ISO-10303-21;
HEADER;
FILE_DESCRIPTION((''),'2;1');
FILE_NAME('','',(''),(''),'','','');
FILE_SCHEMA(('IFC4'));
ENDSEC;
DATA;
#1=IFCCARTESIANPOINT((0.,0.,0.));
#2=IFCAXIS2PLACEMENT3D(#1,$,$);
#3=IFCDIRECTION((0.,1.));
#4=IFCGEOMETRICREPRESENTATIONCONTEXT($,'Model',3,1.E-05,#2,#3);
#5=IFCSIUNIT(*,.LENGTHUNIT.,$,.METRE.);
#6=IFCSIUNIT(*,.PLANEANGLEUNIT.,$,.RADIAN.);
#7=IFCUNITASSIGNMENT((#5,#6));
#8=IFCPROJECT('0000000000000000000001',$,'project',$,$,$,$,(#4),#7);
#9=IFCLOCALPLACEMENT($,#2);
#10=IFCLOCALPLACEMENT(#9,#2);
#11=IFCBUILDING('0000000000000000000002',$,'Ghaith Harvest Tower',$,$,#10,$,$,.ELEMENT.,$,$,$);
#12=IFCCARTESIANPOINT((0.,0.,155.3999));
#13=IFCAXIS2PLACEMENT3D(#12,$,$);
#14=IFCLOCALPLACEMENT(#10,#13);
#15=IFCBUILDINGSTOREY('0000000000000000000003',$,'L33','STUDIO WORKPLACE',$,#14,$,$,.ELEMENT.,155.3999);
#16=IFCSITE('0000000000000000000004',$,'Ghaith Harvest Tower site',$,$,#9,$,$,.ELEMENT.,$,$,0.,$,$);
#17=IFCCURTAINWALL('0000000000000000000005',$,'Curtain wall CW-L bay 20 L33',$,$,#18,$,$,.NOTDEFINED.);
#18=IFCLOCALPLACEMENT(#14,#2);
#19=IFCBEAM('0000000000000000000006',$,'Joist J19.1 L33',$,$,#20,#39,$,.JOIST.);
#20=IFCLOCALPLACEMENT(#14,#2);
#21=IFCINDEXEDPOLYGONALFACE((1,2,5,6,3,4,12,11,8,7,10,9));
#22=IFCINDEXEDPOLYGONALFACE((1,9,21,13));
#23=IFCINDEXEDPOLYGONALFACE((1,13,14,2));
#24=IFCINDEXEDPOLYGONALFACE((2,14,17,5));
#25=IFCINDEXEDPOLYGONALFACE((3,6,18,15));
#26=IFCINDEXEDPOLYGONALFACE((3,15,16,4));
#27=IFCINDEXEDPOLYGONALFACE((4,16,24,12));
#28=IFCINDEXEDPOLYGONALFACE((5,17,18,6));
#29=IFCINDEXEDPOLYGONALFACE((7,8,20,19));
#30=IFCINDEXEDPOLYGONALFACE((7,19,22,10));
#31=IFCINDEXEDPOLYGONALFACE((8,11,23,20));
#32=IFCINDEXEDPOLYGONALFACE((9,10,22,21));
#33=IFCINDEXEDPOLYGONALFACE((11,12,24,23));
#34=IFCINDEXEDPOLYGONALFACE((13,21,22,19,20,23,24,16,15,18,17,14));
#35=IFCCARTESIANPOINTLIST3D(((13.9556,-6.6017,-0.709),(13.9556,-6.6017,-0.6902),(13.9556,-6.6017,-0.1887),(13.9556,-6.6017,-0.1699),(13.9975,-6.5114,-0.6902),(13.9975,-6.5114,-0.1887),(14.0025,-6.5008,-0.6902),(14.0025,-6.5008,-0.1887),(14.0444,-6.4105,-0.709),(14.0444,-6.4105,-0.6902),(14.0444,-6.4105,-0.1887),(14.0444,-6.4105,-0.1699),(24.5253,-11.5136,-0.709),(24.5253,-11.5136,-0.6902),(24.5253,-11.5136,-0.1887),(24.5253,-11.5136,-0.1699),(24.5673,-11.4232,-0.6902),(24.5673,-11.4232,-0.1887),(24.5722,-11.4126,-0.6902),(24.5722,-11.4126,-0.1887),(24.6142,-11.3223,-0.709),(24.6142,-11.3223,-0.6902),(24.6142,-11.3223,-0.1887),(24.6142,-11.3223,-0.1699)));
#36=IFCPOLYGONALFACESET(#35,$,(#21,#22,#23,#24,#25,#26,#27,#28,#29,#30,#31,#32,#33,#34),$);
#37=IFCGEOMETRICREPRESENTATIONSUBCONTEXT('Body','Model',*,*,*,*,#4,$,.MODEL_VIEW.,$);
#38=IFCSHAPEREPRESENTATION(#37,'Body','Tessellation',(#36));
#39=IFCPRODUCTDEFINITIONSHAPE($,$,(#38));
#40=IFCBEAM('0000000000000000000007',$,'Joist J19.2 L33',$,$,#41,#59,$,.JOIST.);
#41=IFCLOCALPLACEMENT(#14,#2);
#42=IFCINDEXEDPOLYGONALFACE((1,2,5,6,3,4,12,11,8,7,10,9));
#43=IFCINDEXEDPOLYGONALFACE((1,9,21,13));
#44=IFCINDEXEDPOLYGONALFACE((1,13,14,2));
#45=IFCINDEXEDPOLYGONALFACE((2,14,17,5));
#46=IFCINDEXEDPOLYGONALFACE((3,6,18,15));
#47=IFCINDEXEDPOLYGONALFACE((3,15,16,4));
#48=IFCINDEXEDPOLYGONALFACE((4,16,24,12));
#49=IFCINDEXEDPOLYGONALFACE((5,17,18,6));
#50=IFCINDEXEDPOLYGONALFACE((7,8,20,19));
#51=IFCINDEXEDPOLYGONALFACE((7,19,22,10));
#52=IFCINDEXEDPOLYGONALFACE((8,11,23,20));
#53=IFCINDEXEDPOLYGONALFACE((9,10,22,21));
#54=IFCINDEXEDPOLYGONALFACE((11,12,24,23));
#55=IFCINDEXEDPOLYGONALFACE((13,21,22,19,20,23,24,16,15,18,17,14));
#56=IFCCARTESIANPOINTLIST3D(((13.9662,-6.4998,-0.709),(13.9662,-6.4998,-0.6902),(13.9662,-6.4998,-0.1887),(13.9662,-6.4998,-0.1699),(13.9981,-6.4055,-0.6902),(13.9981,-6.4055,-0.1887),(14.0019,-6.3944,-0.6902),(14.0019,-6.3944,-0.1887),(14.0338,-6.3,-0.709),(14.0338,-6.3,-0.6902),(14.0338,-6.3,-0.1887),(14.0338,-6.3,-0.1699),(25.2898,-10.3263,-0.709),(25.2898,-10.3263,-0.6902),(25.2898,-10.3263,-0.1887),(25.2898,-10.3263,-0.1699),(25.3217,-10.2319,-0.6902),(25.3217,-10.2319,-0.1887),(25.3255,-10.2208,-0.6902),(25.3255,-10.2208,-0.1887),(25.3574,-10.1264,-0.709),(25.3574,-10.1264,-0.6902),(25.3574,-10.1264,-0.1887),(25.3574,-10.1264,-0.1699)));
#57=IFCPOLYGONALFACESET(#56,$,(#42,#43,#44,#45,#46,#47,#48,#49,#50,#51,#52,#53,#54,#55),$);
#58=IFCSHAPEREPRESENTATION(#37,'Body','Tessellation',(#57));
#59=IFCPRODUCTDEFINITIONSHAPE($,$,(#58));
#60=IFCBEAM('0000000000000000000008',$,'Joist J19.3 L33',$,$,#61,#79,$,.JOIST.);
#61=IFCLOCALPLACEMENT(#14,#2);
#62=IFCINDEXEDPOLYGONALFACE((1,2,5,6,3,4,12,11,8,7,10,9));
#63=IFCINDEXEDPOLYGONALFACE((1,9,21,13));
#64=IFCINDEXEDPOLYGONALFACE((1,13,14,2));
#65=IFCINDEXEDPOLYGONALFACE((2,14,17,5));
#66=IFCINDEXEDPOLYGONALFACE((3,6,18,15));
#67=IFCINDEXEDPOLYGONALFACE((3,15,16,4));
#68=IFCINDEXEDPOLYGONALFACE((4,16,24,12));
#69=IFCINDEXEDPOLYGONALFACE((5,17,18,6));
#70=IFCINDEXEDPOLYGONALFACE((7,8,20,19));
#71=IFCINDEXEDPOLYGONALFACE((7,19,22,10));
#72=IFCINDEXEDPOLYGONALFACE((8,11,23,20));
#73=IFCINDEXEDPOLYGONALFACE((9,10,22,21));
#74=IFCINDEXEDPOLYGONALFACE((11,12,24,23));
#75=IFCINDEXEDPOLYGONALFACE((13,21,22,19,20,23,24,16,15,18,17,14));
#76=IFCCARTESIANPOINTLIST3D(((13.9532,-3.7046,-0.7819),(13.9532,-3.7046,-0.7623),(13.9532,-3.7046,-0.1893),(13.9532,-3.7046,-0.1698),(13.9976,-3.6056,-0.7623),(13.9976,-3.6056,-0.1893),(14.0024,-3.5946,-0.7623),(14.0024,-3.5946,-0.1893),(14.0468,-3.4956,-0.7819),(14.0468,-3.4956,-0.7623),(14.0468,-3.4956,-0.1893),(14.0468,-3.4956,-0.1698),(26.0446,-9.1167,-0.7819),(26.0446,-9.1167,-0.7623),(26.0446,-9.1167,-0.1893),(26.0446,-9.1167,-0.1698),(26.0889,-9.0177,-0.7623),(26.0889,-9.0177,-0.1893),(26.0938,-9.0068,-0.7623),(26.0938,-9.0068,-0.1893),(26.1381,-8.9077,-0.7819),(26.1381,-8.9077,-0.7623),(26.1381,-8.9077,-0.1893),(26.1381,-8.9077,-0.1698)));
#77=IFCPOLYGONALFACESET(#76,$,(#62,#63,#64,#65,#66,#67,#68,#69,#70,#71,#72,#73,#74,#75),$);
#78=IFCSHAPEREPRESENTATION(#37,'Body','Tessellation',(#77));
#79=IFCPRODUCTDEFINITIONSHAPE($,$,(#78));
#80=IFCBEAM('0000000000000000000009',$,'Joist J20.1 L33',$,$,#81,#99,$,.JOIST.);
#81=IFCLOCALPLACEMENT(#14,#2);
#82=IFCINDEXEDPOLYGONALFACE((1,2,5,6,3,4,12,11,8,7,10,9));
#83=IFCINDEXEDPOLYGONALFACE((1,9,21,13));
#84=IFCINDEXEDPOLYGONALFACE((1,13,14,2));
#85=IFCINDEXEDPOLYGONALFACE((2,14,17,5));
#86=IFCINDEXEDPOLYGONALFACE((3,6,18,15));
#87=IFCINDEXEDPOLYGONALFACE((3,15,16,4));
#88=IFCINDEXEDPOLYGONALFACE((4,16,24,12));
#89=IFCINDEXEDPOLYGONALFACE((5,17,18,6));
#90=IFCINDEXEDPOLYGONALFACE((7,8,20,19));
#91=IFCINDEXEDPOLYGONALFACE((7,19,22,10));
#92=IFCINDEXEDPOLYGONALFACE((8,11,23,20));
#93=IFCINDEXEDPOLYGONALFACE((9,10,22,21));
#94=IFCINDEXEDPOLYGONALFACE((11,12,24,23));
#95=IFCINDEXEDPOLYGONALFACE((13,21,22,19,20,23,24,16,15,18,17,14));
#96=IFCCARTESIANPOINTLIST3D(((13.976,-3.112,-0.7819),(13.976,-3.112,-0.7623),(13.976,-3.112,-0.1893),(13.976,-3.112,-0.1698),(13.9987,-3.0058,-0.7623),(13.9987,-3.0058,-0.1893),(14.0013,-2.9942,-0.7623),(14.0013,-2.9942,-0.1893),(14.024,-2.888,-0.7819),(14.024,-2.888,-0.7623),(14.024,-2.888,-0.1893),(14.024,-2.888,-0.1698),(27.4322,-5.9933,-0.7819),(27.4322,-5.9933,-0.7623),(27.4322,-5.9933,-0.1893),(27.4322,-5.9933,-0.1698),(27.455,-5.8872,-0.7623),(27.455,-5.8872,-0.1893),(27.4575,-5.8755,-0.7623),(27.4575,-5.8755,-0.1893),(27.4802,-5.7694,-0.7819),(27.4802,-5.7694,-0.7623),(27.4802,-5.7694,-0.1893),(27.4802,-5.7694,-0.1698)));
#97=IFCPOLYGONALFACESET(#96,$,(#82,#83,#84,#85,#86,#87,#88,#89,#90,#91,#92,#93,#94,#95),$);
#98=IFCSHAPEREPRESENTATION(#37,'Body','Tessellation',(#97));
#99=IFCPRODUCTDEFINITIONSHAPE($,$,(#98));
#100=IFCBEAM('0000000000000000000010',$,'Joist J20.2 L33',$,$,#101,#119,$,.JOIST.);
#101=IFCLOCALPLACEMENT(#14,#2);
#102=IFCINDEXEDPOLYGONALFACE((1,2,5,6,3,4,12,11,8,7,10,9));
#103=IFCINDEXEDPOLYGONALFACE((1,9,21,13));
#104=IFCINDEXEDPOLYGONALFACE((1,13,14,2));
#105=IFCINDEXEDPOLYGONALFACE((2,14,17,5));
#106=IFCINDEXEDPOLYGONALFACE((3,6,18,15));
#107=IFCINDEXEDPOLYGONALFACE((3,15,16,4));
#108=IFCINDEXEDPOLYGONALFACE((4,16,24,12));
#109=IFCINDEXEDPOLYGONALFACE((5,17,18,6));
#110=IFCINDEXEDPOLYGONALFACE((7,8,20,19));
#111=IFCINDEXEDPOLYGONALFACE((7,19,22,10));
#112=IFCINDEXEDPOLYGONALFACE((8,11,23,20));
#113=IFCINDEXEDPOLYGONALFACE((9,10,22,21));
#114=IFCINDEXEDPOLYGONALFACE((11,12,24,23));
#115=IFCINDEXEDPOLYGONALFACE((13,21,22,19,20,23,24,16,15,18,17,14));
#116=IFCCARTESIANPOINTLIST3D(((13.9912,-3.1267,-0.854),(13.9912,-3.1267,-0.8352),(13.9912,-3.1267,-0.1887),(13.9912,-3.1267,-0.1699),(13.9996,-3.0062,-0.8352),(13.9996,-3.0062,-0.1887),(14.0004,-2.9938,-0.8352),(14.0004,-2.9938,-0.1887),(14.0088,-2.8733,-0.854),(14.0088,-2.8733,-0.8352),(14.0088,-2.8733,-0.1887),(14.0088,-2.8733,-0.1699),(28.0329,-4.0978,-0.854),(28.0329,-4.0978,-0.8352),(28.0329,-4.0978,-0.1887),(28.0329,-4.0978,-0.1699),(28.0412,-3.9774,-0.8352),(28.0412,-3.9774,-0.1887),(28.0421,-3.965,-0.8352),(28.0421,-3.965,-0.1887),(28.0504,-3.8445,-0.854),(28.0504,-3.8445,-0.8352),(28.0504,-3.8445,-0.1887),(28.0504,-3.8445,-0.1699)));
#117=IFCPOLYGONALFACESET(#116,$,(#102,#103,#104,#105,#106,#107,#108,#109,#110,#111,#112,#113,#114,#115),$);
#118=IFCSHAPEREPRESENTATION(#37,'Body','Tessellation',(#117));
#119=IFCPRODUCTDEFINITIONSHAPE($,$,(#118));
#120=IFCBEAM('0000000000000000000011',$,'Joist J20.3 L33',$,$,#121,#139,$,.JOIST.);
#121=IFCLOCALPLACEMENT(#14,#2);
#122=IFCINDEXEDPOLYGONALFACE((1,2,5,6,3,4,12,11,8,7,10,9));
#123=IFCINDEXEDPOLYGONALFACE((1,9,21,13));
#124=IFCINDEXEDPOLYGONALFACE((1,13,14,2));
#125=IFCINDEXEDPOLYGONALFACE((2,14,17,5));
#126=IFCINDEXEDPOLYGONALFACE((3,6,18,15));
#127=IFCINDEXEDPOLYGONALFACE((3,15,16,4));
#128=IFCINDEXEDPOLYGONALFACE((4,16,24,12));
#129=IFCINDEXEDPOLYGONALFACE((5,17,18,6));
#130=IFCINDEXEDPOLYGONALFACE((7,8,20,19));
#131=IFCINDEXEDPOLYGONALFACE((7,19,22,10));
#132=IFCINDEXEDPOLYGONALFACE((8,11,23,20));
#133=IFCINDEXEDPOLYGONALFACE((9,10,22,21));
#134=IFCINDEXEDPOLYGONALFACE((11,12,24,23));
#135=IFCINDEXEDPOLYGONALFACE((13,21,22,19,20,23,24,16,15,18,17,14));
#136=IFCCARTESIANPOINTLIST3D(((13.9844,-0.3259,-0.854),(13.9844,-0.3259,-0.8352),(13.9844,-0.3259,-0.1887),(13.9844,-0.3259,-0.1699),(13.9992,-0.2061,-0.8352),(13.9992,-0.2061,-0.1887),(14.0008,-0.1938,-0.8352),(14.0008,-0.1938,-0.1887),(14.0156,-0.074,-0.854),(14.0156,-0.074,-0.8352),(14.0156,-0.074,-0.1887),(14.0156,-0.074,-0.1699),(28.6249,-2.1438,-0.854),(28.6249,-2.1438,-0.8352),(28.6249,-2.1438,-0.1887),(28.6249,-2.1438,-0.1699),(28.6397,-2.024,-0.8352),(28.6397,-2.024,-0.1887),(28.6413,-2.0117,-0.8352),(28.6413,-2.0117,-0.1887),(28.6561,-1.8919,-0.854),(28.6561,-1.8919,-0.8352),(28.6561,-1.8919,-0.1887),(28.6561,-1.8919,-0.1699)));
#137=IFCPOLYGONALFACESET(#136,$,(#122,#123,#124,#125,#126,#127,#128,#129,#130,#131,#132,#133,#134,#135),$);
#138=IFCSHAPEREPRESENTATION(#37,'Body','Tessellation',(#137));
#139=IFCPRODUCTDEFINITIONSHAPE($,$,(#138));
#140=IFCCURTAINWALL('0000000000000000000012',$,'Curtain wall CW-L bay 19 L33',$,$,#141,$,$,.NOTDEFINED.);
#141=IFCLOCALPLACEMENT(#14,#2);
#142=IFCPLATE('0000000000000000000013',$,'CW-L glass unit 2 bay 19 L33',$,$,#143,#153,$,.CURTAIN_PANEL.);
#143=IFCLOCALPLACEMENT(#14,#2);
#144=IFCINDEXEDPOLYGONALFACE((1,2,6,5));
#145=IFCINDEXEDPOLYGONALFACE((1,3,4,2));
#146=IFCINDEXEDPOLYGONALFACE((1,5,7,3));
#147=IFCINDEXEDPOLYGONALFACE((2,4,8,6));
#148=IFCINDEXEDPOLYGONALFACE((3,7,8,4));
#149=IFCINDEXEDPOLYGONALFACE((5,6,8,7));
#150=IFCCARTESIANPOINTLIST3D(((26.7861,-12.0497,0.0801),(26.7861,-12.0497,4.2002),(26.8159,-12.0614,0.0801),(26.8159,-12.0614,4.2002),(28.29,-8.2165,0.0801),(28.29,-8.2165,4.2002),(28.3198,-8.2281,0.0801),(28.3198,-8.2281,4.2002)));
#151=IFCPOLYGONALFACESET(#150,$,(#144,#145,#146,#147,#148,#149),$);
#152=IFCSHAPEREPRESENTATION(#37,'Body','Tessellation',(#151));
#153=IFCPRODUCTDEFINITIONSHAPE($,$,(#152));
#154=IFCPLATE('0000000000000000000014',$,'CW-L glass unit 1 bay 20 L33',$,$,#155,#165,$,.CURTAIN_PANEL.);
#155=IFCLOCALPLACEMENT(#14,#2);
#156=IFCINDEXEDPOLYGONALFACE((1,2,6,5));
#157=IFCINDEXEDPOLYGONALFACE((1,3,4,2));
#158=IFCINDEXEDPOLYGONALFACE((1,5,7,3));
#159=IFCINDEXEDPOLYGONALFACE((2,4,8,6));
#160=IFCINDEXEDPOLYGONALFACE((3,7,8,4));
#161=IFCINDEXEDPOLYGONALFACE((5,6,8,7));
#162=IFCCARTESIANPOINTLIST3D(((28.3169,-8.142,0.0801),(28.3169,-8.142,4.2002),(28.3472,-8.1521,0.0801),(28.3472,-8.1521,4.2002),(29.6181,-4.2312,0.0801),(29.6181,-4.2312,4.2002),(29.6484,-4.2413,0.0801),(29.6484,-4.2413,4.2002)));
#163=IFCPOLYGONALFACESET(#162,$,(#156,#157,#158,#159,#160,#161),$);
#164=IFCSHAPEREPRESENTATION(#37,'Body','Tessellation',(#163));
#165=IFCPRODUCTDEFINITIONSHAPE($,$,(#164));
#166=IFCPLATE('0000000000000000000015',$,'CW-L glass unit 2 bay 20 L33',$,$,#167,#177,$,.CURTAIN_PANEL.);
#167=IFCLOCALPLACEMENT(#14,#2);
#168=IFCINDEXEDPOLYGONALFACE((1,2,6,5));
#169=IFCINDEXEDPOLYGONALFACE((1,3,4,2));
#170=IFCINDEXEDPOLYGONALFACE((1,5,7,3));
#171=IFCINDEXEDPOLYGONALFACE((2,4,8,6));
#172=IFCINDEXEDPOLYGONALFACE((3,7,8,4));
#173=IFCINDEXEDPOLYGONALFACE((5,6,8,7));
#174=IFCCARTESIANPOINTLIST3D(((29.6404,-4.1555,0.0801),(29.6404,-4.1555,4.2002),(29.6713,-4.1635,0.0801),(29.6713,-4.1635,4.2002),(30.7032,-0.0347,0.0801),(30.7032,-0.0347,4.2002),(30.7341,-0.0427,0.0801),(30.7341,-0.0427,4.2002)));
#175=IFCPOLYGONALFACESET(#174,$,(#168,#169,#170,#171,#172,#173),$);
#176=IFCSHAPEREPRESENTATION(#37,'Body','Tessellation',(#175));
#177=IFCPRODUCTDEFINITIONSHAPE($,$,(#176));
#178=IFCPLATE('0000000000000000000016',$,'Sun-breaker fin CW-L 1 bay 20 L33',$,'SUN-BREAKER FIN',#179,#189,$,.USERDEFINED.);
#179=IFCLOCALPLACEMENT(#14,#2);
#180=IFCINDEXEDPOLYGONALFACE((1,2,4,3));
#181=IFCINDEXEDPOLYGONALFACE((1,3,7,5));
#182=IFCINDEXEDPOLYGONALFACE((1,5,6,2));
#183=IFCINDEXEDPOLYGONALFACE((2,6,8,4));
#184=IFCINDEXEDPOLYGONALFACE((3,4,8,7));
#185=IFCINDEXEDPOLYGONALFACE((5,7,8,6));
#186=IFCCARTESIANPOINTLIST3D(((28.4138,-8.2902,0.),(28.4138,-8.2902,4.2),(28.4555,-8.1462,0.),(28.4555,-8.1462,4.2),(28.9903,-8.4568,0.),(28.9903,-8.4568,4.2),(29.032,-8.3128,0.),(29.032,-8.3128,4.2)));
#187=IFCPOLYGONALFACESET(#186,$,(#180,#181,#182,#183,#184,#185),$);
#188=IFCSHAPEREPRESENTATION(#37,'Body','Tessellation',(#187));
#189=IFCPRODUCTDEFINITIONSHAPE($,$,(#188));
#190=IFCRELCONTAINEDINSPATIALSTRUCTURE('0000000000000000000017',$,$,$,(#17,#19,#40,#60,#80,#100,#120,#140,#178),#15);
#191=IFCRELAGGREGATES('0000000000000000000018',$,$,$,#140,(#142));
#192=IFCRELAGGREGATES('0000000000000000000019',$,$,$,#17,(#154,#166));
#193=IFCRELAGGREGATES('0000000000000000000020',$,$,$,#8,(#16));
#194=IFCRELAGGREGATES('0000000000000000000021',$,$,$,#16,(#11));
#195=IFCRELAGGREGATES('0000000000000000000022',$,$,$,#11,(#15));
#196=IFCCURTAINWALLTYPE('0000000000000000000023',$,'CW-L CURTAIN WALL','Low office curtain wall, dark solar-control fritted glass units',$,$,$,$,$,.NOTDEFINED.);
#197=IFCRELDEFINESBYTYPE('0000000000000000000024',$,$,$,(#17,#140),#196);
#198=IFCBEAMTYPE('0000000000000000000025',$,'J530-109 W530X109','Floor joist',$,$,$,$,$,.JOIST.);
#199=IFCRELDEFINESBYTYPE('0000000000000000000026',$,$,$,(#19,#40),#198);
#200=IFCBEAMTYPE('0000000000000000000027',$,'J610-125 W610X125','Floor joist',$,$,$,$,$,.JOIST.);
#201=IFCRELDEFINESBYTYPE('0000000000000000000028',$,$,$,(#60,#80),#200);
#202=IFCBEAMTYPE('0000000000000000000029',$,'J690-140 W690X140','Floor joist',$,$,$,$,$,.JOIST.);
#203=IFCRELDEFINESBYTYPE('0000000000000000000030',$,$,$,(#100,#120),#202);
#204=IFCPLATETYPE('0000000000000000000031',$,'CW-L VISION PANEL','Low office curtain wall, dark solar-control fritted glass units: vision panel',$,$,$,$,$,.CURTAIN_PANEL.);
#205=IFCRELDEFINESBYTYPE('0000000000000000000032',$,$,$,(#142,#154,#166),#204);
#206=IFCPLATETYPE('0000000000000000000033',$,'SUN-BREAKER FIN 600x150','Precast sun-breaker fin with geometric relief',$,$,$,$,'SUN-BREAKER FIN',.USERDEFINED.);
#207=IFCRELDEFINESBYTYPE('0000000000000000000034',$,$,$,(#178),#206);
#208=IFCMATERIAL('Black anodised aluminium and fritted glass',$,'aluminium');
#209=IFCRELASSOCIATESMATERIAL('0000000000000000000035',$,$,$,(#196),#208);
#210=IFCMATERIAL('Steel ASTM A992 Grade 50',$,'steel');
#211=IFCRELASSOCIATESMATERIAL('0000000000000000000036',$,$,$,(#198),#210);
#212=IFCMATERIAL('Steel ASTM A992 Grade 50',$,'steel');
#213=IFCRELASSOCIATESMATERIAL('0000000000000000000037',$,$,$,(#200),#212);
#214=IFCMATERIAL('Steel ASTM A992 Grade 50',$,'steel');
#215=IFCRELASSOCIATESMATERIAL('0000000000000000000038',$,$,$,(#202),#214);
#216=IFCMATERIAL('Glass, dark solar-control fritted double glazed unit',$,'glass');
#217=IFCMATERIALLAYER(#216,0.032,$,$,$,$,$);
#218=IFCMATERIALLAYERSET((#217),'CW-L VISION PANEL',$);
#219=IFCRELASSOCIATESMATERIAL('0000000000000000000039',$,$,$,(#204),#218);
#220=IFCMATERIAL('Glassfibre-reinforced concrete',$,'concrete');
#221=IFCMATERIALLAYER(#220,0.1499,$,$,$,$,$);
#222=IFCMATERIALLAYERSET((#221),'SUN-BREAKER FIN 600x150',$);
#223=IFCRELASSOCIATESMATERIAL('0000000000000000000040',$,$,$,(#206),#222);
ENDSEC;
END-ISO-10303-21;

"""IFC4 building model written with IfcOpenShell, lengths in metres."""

from ifc_helpers import new_model, si_unit, direction, frame, origin, origin_2d, place, context, subcontext, project, spatial, rectangle, i_section, extrude, material, layer, layer_set, material_profile, profile_set, type_object, element, aggregate, save


model = new_model("IFC4")

# Units and contexts
model_context = context("Model", 3, precision=1e-05, world=origin(), true_north=direction((0.0, 1.0)))
body_context = subcontext(model_context, "Body", "Model", "MODEL_VIEW")
ifc_project = project(units=[si_unit("LENGTHUNIT", "METRE"), si_unit("PLANEANGLEUNIT", "RADIAN")], contexts=[model_context])

# Site, building, storey
site_placement = place(None, origin())
site = spatial("IfcSite", under=ifc_project, at=site_placement, Name="Ghaith Harvest Tower site", CompositionType="ELEMENT", RefElevation=0.0)
building_placement = place(site_placement, origin())
building = spatial("IfcBuilding", under=site, at=building_placement, Name="Ghaith Harvest Tower", CompositionType="ELEMENT")
storey_placement = place(building_placement, frame((0.0, 0.0, 155.3999)))
storey = spatial("IfcBuildingStorey", under=building, at=storey_placement, Name="L33", Description="STUDIO WORKPLACE", CompositionType="ELEMENT", Elevation=155.3999)

# Curtain wall
ifc_material_1 = material(Name="Black anodised aluminium and fritted glass", Category="aluminium")
curtain_wall_type = type_object("IfcCurtainWallType", Name="CW-L CURTAIN WALL", Description="Low office curtain wall, dark solar-control fritted glass units", PredefinedType="NOTDEFINED", material=ifc_material_1)
curtain_wall_1_placement = place(storey_placement, origin())
curtain_wall_1 = element("IfcCurtainWall", 1, at=curtain_wall_1_placement, inside=storey, type_object=curtain_wall_type, Name="Curtain wall CW-L bay 20 L33", PredefinedType="NOTDEFINED")

# Beams
ifc_material_2 = material(Name="Steel ASTM A992 Grade 50", Category="steel")
ifc_material_profile_1 = material_profile(ifc_material_2, i_section(OverallWidth=0.2109, OverallDepth=0.5391, WebThickness=0.0117, FlangeThickness=0.0188, at=origin_2d()), Name="W530X109")
ifc_profile_set_1 = profile_set([ifc_material_profile_1], Name="Steel ASTM A992 Grade 50")
beam_type_1 = type_object("IfcBeamType", Name="J530-109 W530X109", Description="Floor joist", PredefinedType="JOIST", material=ifc_profile_set_1)
beam_1_placement = place(storey_placement, frame((14.0, -6.5061, -0.4395), z_axis=(0.906863, -0.421425, 0.0), x_axis=(0.421425, 0.906863, 0.0)))
element("IfcBeam", 2, at=beam_1_placement, inside=storey, type_object=beam_type_1, Name="Joist J19.1 L33", PredefinedType="JOIST", context=body_context, shape_type="SweptSolid", body=[
    extrude(i_section(OverallWidth=0.2109, OverallDepth=0.5391, WebThickness=0.0117, FlangeThickness=0.0188, at=origin_2d()), origin(), (0.0, 0.0, 1.0), 11.6553),
])
beam_2_placement = place(storey_placement, frame((14.0, -6.3999, -0.4395), z_axis=(0.947372, -0.320135, 0.0), x_axis=(0.320135, 0.947372, 0.0)))
element("IfcBeam", 3, at=beam_2_placement, inside=storey, type_object=beam_type_1, Name="Joist J19.2 L33", PredefinedType="JOIST", context=body_context, shape_type="SweptSolid", body=[
    extrude(i_section(OverallWidth=0.2109, OverallDepth=0.5391, WebThickness=0.0117, FlangeThickness=0.0188, at=origin_2d()), origin(), (0.0, 0.0, 1.0), 11.9526),
])
ifc_material_3 = material(Name="Steel ASTM A992 Grade 50", Category="steel")
ifc_material_profile_2 = material_profile(ifc_material_3, i_section(OverallWidth=0.229, OverallDepth=0.6121, WebThickness=0.012, FlangeThickness=0.0195, at=origin_2d()), Name="W610X125")
ifc_profile_set_2 = profile_set([ifc_material_profile_2], Name="Steel ASTM A992 Grade 50")
beam_type_2 = type_object("IfcBeamType", Name="J610-125 W610X125", Description="Floor joist", PredefinedType="JOIST", material=ifc_profile_set_2)
beam_3_placement = place(storey_placement, frame((14.0, -3.6001, -0.4758), z_axis=(0.912738, -0.408545, 0.0), x_axis=(0.408545, 0.912738, 0.0)))
element("IfcBeam", 4, at=beam_3_placement, inside=storey, type_object=beam_type_2, Name="Joist J19.3 L33", PredefinedType="JOIST", context=body_context, shape_type="SweptSolid", body=[
    extrude(i_section(OverallWidth=0.229, OverallDepth=0.6121, WebThickness=0.012, FlangeThickness=0.0195, at=origin_2d()), origin(), (0.0, 0.0, 1.0), 13.2473),
])
beam_4_placement = place(storey_placement, frame((14.0, -3.0, -0.4758), z_axis=(0.977834, -0.20938, 0.0), x_axis=(0.20938, 0.977834, 0.0)))
element("IfcBeam", 5, at=beam_4_placement, inside=storey, type_object=beam_type_2, Name="Joist J20.1 L33", PredefinedType="JOIST", context=body_context, shape_type="SweptSolid", body=[
    extrude(i_section(OverallWidth=0.229, OverallDepth=0.6121, WebThickness=0.012, FlangeThickness=0.0195, at=origin_2d()), origin(), (0.0, 0.0, 1.0), 13.7612),
])
ifc_material_4 = material(Name="Steel ASTM A992 Grade 50", Category="steel")
ifc_material_profile_3 = material_profile(ifc_material_4, i_section(OverallWidth=0.2539, OverallDepth=0.6841, WebThickness=0.0125, FlangeThickness=0.0188, at=origin_2d()), Name="W690X140")
ifc_profile_set_3 = profile_set([ifc_material_profile_3], Name="Steel ASTM A992 Grade 50")
beam_type_3 = type_object("IfcBeamType", Name="J690-140 W690X140", Description="Floor joist", PredefinedType="JOIST", material=ifc_profile_set_3)
beam_5_placement = place(storey_placement, frame((14.0, -3.0, -0.512), z_axis=(0.997617, -0.069, 0.0), x_axis=(0.069, 0.997617, 0.0)))
element("IfcBeam", 6, at=beam_5_placement, inside=storey, type_object=beam_type_3, Name="Joist J20.2 L33", PredefinedType="JOIST", context=body_context, shape_type="SweptSolid", body=[
    extrude(i_section(OverallWidth=0.2539, OverallDepth=0.6841, WebThickness=0.0125, FlangeThickness=0.0188, at=origin_2d()), origin(), (0.0, 0.0, 1.0), 14.0752),
])
beam_6_placement = place(storey_placement, frame((14.0, -0.2, -0.512), z_axis=(0.992379, -0.123222, 0.0), x_axis=(0.123222, 0.992379, 0.0)))
element("IfcBeam", 7, at=beam_6_placement, inside=storey, type_object=beam_type_3, Name="Joist J20.3 L33", PredefinedType="JOIST", context=body_context, shape_type="SweptSolid", body=[
    extrude(i_section(OverallWidth=0.2539, OverallDepth=0.6841, WebThickness=0.0125, FlangeThickness=0.0188, at=origin_2d()), origin(), (0.0, 0.0, 1.0), 14.7529),
])

# Curtain wall, plate
curtain_wall_2_placement = place(storey_placement, origin())
curtain_wall_2 = element("IfcCurtainWall", 8, at=curtain_wall_2_placement, inside=storey, type_object=curtain_wall_type, Name="Curtain wall CW-L bay 19 L33", PredefinedType="NOTDEFINED")
ifc_material_5 = material(Name="Glass, dark solar-control fritted double glazed unit", Category="glass")
ifc_layer_1 = layer(ifc_material_5, 0.032)
ifc_layer_set_1 = layer_set([ifc_layer_1], Name="CW-L VISION PANEL")
plate_type_1 = type_object("IfcPlateType", Name="CW-L VISION PANEL", Description="Low office curtain wall, dark solar-control fritted glass units: vision panel", PredefinedType="CURTAIN_PANEL", material=ifc_layer_set_1)
plate_1_placement = place(storey_placement, frame((27.553, -10.1389, 0.0801), z_axis=(0.0, 0.0, 1.0), x_axis=(0.365226, 0.930919, 0.0)))
plate_1 = element("IfcPlate", 9, at=plate_1_placement, type_object=plate_type_1, Name="CW-L glass unit 2 bay 19 L33", PredefinedType="CURTAIN_PANEL", context=body_context, shape_type="SweptSolid", body=[
    extrude(rectangle(XDim=4.1177, YDim=0.032, at=origin_2d()), origin(), (0.0, 0.0, 1.0), 4.1201),
])
aggregate(curtain_wall_2, [plate_1])

# Plates
plate_2_placement = place(storey_placement, frame((28.9827, -6.1917, 0.0801), z_axis=(0.0, 0.0, 1.0), x_axis=(0.315708, 0.948856, 0.0)))
plate_2 = element("IfcPlate", 10, at=plate_2_placement, type_object=plate_type_1, Name="CW-L glass unit 1 bay 20 L33", PredefinedType="CURTAIN_PANEL", context=body_context, shape_type="SweptSolid", body=[
    extrude(rectangle(XDim=4.1216, YDim=0.032, at=origin_2d()), origin(), (0.0, 0.0, 1.0), 4.1201),
])
plate_3_placement = place(storey_placement, frame((30.1873, -2.0991, 0.0801), z_axis=(0.0, 0.0, 1.0), x_axis=(0.249744, 0.968312, 0.0)))
plate_3 = element("IfcPlate", 11, at=plate_3_placement, type_object=plate_type_1, Name="CW-L glass unit 2 bay 20 L33", PredefinedType="CURTAIN_PANEL", context=body_context, shape_type="SweptSolid", body=[
    extrude(rectangle(XDim=4.2556, YDim=0.032, at=origin_2d()), origin(), (0.0, 0.0, 1.0), 4.1201),
])
aggregate(curtain_wall_1, [plate_2, plate_3])
ifc_material_6 = material(Name="Glassfibre-reinforced concrete", Category="concrete")
ifc_layer_2 = layer(ifc_material_6, 0.1499)
ifc_layer_set_2 = layer_set([ifc_layer_2], Name="SUN-BREAKER FIN 600x150")
plate_type_2 = type_object("IfcPlateType", Name="SUN-BREAKER FIN 600x150", Description="Precast sun-breaker fin with geometric relief", ElementType="SUN-BREAKER FIN", PredefinedType="USERDEFINED", material=ifc_layer_set_2)
plate_4_placement = place(storey_placement, frame((28.7229, -8.3015, 0.0), z_axis=(0.0, 0.0, 1.0), x_axis=(0.96068, -0.277657, 0.0)))
element("IfcPlate", 12, at=plate_4_placement, inside=storey, type_object=plate_type_2, Name="Sun-breaker fin CW-L 1 bay 20 L33", ObjectType="SUN-BREAKER FIN", PredefinedType="USERDEFINED", context=body_context, shape_type="SweptSolid", body=[
    extrude(rectangle(XDim=0.6001, YDim=0.1499, at=origin_2d()), origin(), (0.0, 0.0, 1.0), 4.2),
])

save(model, "model.ifc")
